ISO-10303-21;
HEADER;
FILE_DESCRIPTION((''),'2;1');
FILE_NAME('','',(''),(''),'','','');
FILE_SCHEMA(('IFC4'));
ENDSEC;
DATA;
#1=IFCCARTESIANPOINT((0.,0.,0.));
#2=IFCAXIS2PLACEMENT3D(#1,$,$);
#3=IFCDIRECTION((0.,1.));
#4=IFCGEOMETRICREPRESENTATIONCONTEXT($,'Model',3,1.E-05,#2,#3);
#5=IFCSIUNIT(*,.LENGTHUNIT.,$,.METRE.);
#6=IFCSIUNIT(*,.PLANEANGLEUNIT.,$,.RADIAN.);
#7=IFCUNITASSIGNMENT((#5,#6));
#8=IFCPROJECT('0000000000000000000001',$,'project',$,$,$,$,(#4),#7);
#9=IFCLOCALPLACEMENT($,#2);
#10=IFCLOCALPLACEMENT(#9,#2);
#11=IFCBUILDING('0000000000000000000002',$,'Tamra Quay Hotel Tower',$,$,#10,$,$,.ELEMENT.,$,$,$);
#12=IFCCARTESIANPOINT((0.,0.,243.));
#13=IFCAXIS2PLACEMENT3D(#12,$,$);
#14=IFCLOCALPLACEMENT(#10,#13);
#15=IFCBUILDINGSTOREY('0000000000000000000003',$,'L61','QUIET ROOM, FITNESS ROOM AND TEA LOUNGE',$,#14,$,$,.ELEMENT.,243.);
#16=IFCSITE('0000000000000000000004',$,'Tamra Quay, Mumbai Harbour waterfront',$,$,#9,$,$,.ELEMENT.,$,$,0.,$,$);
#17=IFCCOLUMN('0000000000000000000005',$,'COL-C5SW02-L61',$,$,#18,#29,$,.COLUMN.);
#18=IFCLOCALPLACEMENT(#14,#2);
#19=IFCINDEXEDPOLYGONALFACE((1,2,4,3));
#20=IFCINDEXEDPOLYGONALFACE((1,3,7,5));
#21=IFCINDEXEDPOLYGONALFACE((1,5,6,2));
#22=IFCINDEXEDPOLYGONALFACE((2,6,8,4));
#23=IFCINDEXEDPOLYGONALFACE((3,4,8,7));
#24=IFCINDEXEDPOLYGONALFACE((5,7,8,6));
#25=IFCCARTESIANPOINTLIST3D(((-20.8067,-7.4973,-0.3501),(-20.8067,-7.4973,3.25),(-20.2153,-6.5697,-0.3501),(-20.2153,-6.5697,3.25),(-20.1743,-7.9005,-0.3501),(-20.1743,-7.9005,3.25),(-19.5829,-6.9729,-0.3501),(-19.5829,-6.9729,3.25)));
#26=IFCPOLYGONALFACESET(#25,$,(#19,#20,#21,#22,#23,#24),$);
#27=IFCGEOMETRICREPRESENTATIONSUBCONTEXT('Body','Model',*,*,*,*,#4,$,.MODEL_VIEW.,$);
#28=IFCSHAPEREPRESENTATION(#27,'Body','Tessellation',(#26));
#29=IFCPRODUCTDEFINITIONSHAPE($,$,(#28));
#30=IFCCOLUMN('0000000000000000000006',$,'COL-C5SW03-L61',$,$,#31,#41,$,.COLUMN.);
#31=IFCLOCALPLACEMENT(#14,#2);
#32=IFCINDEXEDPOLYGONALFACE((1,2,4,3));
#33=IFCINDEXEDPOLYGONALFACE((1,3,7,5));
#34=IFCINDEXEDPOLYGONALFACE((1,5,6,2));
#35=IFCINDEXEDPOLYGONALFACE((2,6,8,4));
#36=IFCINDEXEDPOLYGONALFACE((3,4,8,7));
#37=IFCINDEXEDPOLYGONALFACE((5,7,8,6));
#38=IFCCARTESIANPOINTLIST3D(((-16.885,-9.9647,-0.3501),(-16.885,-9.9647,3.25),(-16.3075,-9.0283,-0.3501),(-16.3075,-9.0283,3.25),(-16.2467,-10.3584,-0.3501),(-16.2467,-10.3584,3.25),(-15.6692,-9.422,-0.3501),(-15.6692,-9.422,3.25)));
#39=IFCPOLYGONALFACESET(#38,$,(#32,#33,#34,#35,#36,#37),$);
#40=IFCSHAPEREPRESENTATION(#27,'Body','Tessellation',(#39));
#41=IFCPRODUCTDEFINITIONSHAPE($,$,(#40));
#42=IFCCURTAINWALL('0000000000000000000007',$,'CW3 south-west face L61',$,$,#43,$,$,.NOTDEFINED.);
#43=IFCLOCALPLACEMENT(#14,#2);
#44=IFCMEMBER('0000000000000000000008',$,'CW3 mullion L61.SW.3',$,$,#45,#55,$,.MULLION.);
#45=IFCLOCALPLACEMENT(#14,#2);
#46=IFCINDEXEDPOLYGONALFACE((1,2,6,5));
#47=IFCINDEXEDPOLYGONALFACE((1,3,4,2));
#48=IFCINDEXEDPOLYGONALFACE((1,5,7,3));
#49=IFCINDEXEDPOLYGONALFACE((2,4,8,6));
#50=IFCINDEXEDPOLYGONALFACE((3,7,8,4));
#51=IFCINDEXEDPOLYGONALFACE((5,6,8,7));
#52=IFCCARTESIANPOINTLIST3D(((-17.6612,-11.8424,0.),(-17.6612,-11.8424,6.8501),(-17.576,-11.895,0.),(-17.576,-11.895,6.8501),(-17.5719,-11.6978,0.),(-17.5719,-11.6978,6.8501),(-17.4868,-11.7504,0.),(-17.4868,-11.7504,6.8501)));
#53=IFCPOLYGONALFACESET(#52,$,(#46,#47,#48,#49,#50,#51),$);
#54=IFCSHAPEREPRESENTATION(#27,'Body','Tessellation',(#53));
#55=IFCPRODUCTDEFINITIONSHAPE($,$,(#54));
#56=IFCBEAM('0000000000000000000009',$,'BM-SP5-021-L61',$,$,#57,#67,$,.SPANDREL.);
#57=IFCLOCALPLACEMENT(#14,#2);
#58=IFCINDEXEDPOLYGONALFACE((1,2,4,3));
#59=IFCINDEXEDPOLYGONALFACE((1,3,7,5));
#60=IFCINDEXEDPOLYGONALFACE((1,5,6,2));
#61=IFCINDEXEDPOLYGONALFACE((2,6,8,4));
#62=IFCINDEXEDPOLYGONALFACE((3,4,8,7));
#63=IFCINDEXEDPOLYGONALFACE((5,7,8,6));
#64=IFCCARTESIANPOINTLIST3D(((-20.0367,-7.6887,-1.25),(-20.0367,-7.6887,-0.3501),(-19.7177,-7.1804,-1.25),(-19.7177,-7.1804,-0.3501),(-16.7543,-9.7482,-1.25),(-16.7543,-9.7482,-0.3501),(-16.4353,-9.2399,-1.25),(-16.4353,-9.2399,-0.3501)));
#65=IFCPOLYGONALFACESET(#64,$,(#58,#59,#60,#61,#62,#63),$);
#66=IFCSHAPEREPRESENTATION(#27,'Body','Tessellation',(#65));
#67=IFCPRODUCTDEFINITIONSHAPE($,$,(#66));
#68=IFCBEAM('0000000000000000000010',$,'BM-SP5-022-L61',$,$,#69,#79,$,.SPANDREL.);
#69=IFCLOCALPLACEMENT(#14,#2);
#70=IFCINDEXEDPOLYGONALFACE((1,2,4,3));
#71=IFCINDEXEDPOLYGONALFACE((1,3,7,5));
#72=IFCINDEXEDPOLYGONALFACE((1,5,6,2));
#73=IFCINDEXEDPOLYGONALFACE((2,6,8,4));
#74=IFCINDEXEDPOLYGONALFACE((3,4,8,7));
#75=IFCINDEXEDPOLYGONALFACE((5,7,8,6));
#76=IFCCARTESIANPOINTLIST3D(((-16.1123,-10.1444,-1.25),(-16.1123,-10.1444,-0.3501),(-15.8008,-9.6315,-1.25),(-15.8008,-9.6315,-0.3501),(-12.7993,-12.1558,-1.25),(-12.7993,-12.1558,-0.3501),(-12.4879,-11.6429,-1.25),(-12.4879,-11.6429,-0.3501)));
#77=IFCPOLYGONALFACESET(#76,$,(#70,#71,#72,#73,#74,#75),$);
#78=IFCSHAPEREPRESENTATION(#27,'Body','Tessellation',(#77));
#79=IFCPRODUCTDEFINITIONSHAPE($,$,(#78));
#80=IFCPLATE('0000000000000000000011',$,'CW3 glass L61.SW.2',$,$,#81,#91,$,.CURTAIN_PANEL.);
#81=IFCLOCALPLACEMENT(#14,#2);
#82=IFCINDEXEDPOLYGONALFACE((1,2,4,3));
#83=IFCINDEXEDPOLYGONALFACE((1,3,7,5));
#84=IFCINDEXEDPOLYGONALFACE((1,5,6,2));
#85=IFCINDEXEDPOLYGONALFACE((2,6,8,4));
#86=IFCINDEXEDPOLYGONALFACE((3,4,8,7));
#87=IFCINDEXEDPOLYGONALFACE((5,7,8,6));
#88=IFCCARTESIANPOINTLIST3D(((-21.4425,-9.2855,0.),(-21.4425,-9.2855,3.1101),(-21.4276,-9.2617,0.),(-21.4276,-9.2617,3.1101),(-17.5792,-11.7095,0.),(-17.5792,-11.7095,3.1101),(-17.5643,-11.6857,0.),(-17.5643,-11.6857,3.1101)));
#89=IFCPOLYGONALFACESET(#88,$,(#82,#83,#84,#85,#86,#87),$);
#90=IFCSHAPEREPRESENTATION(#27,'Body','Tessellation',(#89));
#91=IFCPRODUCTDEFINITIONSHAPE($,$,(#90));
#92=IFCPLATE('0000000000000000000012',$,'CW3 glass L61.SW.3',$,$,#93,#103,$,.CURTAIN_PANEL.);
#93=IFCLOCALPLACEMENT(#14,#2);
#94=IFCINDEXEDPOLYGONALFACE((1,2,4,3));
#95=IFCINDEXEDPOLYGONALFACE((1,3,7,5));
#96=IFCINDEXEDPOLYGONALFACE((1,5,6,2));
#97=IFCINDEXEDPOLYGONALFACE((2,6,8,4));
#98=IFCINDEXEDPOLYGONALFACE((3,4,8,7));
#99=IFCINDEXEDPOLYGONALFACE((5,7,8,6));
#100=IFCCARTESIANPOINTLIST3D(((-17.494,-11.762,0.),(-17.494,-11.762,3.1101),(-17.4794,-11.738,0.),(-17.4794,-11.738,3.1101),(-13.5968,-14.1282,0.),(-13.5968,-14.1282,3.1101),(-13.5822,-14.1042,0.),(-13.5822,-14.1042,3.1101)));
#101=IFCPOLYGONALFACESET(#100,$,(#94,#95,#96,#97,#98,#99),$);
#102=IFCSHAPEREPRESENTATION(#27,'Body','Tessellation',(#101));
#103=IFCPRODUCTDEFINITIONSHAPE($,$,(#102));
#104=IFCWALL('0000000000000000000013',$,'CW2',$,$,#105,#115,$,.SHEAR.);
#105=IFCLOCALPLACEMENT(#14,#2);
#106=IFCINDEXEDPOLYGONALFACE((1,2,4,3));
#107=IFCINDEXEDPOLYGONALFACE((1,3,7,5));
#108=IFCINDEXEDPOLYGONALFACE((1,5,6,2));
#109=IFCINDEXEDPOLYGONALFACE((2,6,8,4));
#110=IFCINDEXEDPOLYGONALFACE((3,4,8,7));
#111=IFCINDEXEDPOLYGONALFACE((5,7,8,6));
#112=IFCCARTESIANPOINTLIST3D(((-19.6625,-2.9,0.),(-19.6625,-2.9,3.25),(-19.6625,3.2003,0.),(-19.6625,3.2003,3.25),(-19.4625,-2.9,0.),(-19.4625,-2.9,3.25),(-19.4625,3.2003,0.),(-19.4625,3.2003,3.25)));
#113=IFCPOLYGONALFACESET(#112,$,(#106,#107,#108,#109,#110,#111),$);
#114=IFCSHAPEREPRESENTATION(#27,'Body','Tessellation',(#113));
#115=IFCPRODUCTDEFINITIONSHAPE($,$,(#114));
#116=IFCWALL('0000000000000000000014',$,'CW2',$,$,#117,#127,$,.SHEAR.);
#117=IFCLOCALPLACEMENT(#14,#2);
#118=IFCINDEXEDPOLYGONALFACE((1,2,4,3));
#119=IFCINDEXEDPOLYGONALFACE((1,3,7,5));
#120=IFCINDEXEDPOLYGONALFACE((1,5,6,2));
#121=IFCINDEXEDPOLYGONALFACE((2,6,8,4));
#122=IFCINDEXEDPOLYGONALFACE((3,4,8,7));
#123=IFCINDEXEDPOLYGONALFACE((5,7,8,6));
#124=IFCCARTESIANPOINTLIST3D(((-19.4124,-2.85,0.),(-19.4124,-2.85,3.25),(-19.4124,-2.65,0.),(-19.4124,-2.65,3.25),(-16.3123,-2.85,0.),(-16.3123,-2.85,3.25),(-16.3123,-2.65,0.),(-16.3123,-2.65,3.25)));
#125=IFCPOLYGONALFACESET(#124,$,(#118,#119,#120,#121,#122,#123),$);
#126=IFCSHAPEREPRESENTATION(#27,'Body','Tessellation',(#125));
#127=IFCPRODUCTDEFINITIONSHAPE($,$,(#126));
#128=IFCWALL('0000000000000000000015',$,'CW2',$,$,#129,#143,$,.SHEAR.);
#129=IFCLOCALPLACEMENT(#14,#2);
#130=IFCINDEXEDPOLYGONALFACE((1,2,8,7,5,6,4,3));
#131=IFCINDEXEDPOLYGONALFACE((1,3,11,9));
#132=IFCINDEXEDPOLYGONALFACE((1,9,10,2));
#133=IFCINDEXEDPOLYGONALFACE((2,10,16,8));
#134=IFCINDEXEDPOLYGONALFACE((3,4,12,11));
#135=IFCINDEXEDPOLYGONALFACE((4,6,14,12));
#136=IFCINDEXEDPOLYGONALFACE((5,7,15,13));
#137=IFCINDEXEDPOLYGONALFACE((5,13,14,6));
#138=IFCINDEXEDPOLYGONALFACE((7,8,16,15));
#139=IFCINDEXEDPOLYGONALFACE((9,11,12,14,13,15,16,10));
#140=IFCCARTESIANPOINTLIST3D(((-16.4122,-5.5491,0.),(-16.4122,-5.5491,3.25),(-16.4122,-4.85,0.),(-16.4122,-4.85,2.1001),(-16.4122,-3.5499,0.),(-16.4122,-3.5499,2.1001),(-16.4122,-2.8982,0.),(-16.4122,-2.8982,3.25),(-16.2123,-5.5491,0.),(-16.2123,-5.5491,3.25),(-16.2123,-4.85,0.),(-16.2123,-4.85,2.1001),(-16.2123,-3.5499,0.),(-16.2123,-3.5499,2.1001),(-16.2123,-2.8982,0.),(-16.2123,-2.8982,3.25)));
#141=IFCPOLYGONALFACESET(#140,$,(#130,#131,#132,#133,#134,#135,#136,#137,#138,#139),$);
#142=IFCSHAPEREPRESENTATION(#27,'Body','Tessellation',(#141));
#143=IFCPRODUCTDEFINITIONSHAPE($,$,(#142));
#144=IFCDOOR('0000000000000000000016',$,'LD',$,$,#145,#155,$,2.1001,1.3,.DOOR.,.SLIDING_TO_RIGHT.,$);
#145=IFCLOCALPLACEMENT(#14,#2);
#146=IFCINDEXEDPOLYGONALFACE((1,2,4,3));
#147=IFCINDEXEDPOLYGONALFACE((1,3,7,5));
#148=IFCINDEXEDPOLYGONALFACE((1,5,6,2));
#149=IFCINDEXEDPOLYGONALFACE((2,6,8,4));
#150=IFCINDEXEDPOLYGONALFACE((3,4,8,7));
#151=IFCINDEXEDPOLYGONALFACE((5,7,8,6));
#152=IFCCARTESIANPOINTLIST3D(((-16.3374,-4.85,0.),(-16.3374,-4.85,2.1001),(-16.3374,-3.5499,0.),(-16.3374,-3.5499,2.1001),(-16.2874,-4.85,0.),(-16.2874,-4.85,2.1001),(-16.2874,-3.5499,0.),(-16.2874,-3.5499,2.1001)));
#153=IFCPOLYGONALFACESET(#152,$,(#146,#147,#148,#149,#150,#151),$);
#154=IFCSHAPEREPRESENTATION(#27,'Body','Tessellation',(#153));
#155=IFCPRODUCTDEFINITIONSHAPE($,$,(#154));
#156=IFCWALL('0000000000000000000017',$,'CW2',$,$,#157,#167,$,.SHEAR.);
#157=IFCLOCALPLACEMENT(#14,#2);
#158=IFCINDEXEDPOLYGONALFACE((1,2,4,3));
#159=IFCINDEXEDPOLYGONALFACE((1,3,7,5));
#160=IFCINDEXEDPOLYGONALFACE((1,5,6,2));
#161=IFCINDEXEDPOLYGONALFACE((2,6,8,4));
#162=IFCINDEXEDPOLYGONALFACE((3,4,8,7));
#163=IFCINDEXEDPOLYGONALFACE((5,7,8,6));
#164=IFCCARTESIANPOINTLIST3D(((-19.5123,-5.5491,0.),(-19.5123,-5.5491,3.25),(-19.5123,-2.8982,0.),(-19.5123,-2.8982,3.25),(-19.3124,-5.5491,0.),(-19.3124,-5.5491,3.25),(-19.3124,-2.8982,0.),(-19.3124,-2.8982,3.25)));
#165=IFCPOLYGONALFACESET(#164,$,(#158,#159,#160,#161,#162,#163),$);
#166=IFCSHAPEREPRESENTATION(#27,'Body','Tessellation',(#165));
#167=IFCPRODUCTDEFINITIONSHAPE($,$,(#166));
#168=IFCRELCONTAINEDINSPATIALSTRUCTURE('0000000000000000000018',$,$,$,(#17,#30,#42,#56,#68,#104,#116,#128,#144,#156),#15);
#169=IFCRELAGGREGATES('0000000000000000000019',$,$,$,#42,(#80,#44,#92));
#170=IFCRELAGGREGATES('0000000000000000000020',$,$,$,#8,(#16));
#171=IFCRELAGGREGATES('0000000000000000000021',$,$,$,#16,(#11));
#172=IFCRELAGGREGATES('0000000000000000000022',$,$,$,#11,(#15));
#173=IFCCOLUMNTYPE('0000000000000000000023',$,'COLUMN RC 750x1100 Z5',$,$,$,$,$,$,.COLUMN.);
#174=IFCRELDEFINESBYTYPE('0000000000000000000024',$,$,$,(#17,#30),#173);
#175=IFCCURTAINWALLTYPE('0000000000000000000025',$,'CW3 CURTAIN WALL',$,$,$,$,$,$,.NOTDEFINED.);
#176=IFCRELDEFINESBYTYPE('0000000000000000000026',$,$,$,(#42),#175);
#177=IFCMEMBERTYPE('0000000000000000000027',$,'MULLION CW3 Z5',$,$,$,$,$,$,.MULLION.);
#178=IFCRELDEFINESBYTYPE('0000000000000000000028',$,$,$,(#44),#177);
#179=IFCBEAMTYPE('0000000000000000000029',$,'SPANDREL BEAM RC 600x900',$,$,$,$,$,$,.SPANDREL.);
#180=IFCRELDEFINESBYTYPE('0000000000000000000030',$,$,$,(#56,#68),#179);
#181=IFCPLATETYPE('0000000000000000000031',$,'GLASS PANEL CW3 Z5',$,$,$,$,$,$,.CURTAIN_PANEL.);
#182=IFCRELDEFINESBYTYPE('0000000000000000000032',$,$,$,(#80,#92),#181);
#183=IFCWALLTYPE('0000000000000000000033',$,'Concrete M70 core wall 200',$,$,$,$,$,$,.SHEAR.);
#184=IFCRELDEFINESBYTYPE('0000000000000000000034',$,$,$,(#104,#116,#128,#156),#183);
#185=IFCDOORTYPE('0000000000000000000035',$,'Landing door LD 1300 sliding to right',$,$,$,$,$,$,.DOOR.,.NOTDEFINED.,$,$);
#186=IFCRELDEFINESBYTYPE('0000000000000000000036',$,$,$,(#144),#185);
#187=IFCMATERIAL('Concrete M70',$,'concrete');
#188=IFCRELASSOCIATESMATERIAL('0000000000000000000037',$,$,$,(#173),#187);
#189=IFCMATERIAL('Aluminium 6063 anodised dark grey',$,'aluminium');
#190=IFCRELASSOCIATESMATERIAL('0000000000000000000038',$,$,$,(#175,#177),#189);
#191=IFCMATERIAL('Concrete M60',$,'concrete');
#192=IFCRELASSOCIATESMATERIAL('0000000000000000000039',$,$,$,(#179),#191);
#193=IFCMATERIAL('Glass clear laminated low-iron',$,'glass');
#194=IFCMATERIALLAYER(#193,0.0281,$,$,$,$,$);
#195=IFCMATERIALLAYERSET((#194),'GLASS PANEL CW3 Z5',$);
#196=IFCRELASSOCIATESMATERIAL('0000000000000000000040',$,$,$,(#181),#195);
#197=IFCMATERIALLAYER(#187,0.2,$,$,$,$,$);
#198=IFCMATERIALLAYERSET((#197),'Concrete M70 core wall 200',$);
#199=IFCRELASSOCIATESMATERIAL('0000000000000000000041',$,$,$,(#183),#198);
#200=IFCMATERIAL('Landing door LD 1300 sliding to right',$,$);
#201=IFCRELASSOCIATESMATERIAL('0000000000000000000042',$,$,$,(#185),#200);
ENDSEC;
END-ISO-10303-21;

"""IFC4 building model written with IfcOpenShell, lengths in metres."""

from ifc_helpers import new_model, si_unit, direction, frame, frame_2d, origin, origin_2d, place, context, subcontext, project, spatial, rectangle, extrude, material, layer, layer_set, material_profile, profile_set, type_object, element, fill, aggregate, save


model = new_model("IFC4")

# Units and contexts
model_context = context("Model", 3, precision=1e-05, world=origin(), true_north=direction((0.0, 1.0)))
body_context = subcontext(model_context, "Body", "Model", "MODEL_VIEW")
ifc_project = project(units=[si_unit("LENGTHUNIT", "METRE"), si_unit("PLANEANGLEUNIT", "RADIAN")], contexts=[model_context])

# Site, building, storey
site_placement = place(None, origin())
site = spatial("IfcSite", under=ifc_project, at=site_placement, Name="Tamra Quay, Mumbai Harbour waterfront", CompositionType="ELEMENT", RefElevation=0.0)
building_placement = place(site_placement, origin())
building = spatial("IfcBuilding", under=site, at=building_placement, Name="Tamra Quay Hotel Tower", CompositionType="ELEMENT")
storey_placement = place(building_placement, frame((0.0, 0.0, 243.0)))
storey = spatial("IfcBuildingStorey", under=building, at=storey_placement, Name="L61", Description="QUIET ROOM, FITNESS ROOM AND TEA LOUNGE", CompositionType="ELEMENT", Elevation=243.0)

# Columns
ifc_material_1 = material(Name="Concrete M70", Category="concrete")
ifc_material_profile_1 = material_profile(ifc_material_1, rectangle(XDim=1.1001, YDim=0.75, at=origin_2d()), Name="COLUMN RC 750x1100 Z5")
ifc_profile_set_1 = profile_set([ifc_material_profile_1], Name="Concrete M70")
column_type = type_object("IfcColumnType", Name="COLUMN RC 750x1100 Z5", PredefinedType="COLUMN", material=ifc_profile_set_1)
for number, where, z_axis, x_axis, name in (
    (1, (-20.1948, -7.2351, -0.3501), (0.0, 0.0, 1.0), (0.537585, 0.843209, 0.0), "COL-C5SW02-L61"),
    (2, (-16.2771, -9.6934, -0.3501), (0.0, 0.0, 1.0), (0.524928, 0.851147, 0.0), "COL-C5SW03-L61"),
):
    element("IfcColumn", number, at=place(storey_placement, frame(where, z_axis=z_axis, x_axis=x_axis)), inside=storey, type_object=column_type, Name=name, PredefinedType="COLUMN", context=body_context, shape_type="SweptSolid", body=[
        extrude(rectangle(XDim=1.1001, YDim=0.75, at=origin_2d()), origin(), (0.0, 0.0, 1.0), 3.6001),
    ])

# Curtain wall, member
ifc_material_2 = material(Name="Aluminium 6063 anodised dark grey", Category="aluminium")
curtain_wall_type = type_object("IfcCurtainWallType", Name="CW3 CURTAIN WALL", PredefinedType="NOTDEFINED", material=ifc_material_2)
curtain_wall_placement = place(storey_placement, origin())
curtain_wall = element("IfcCurtainWall", 3, at=curtain_wall_placement, inside=storey, type_object=curtain_wall_type, Name="CW3 south-west face L61", PredefinedType="NOTDEFINED")
ifc_material_profile_2 = material_profile(ifc_material_2, rectangle(XDim=0.1699, YDim=0.1001, at=origin_2d()), Name="MULLION 100X170")
ifc_profile_set_2 = profile_set([ifc_material_profile_2], Name="Aluminium 6063 anodised dark grey")
member_type = type_object("IfcMemberType", Name="MULLION CW3 Z5", PredefinedType="MULLION", material=ifc_profile_set_2)
member_placement = place(storey_placement, frame((-17.574, -11.7964, 0.0), z_axis=(0.0, 0.0, 1.0), x_axis=(-0.525249, -0.850949, 0.0)))
member = element("IfcMember", 4, at=member_placement, type_object=member_type, Name="CW3 mullion L61.SW.3", PredefinedType="MULLION", context=body_context, shape_type="SweptSolid", body=[
    extrude(rectangle(XDim=0.1699, YDim=0.1001, at=origin_2d()), origin(), (0.0, 0.0, 1.0), 6.8501),
])

# Beams
ifc_material_3 = material(Name="Concrete M60", Category="concrete")
ifc_material_profile_3 = material_profile(ifc_material_3, rectangle(XDim=0.6001, YDim=0.8999, at=origin_2d()), Name="SPANDREL BEAM RC 600x900")
ifc_profile_set_3 = profile_set([ifc_material_profile_3], Name="Concrete M60")
beam_type = type_object("IfcBeamType", Name="SPANDREL BEAM RC 600x900", PredefinedType="SPANDREL", material=ifc_profile_set_3)
beam_1_placement = place(storey_placement, frame((-19.8772, -7.4346, -0.8), z_axis=(0.847066, -0.531488, 0.0), x_axis=(0.531488, 0.847066, 0.0)))
element("IfcBeam", 5, at=beam_1_placement, inside=storey, type_object=beam_type, Name="BM-SP5-021-L61", PredefinedType="SPANDREL", context=body_context, shape_type="SweptSolid", body=[
    extrude(rectangle(XDim=0.6001, YDim=0.8999, at=origin_2d()), origin(), (0.0, 0.0, 1.0), 3.875),
])
beam_2_placement = place(storey_placement, frame((-15.9565, -9.8879, -0.8), z_axis=(0.854786, -0.518981, 0.0), x_axis=(0.518981, 0.854786, 0.0)))
element("IfcBeam", 6, at=beam_2_placement, inside=storey, type_object=beam_type, Name="BM-SP5-022-L61", PredefinedType="SPANDREL", context=body_context, shape_type="SweptSolid", body=[
    extrude(rectangle(XDim=0.6001, YDim=0.8999, at=origin_2d()), origin(), (0.0, 0.0, 1.0), 3.8757),
])

# Plates
ifc_material_4 = material(Name="Glass clear laminated low-iron", Category="glass")
ifc_layer_1 = layer(ifc_material_4, 0.0281)
ifc_layer_set_1 = layer_set([ifc_layer_1], Name="GLASS PANEL CW3 Z5")
plate_type = type_object("IfcPlateType", Name="GLASS PANEL CW3 Z5", PredefinedType="CURTAIN_PANEL", material=ifc_layer_set_1)
plate_1_placement = place(storey_placement, frame((-19.5034, -10.4856, 0.0), z_axis=(0.0, 0.0, 1.0), x_axis=(0.847069, -0.531484, 0.0)))
plate_1 = element("IfcPlate", 7, at=plate_1_placement, type_object=plate_type, Name="CW3 glass L61.SW.2", PredefinedType="CURTAIN_PANEL", context=body_context, shape_type="SweptSolid", body=[
    extrude(rectangle(XDim=4.5608, YDim=0.0281, at=origin_2d()), origin(), (0.0, 0.0, 1.0), 3.1101),
])
plate_2_placement = place(storey_placement, frame((-15.5381, -12.9331, 0.0), z_axis=(0.0, 0.0, 1.0), x_axis=(0.854783, -0.518985, 0.0)))
plate_2 = element("IfcPlate", 8, at=plate_2_placement, type_object=plate_type, Name="CW3 glass L61.SW.3", PredefinedType="CURTAIN_PANEL", context=body_context, shape_type="SweptSolid", body=[
    extrude(rectangle(XDim=4.5593, YDim=0.0281, at=origin_2d()), origin(), (0.0, 0.0, 1.0), 3.1101),
])
aggregate(curtain_wall, [plate_1, member, plate_2])

# Walls
ifc_layer_2 = layer(ifc_material_1, 0.2)
ifc_layer_set_2 = layer_set([ifc_layer_2], Name="Concrete M70 core wall 200")
wall_type_1 = type_object("IfcWallType", Name="Concrete M70 core wall 200", PredefinedType="SHEAR", material=ifc_layer_set_2)
wall_1_placement = place(storey_placement, frame((-19.5625, -2.9001, 0.0), z_axis=(0.0, 0.0, 1.0), x_axis=(0.0, 1.0, 0.0)))
element("IfcWall", 9, at=wall_1_placement, inside=storey, type_object=wall_type_1, Name="CW2", PredefinedType="SHEAR", context=body_context, shape_type="SweptSolid", body=[
    extrude(rectangle(XDim=6.1003, YDim=0.2, at=frame_2d((3.0503, 0.0))), origin(), (0.0, 0.0, 1.0), 3.25),
])
wall_2_placement = place(storey_placement, frame((-19.4124, -2.75, 0.0), z_axis=(0.0, 0.0, 1.0), x_axis=(1.0, 0.0, 0.0)))
element("IfcWall", 10, at=wall_2_placement, inside=storey, type_object=wall_type_1, Name="CW2", PredefinedType="SHEAR", context=body_context, shape_type="SweptSolid", body=[
    extrude(rectangle(XDim=3.1001, YDim=0.2, at=frame_2d((1.55, 0.0))), origin(), (0.0, 0.0, 1.0), 3.25),
])

# Wall, opening, door
wall_3_placement = place(storey_placement, frame((-16.3123, -2.8982, 0.0), z_axis=(0.0, 0.0, 1.0), x_axis=(0.0, -1.0, 0.0)))
wall_3 = element("IfcWall", 11, at=wall_3_placement, inside=storey, type_object=wall_type_1, Name="CW2", PredefinedType="SHEAR", context=body_context, shape_type="SweptSolid", body=[
    extrude(rectangle(XDim=2.6509, YDim=0.2, at=frame_2d((1.3254, 0.0))), origin(), (0.0, 0.0, 1.0), 3.25),
])
opening_1_placement = place(wall_3_placement, frame((0.6519, 0.0, 0.0)))
opening_1 = element("IfcOpeningElement", 12, at=opening_1_placement, cuts=wall_3, PredefinedType="OPENING", context=body_context, shape_type="SweptSolid", body=[
    extrude(rectangle(XDim=1.3, YDim=2.1001, at=frame_2d((0.6499, 1.05))), frame((0.0, 0.1099, 0.0), z_axis=(0.0, -1.0, 0.0), x_axis=(1.0, 0.0, 0.0)), (0.0, 0.0, 1.0), 0.22),
])
ifc_material_5 = material(Name="Landing door LD 1300 sliding to right")
door_type_1 = type_object("IfcDoorType", Name="Landing door LD 1300 sliding to right", OperationType="NOTDEFINED", PredefinedType="DOOR", material=ifc_material_5)
door_1_placement = place(opening_1_placement, origin())
door_1 = element("IfcDoor", 13, at=door_1_placement, inside=storey, type_object=door_type_1, Name="LD", OperationType="SLIDING_TO_RIGHT", OverallHeight=2.1001, OverallWidth=1.3, PredefinedType="DOOR", context=body_context, shape_type="SweptSolid", body=[
    extrude(rectangle(XDim=1.3, YDim=2.1001, at=frame_2d((0.6499, 1.05))), frame((0.0, 0.0249, 0.0), z_axis=(0.0, -1.0, 0.0), x_axis=(1.0, 0.0, 0.0)), (0.0, 0.0, 1.0), 0.05),
])
fill(opening_1, door_1)

# Wall
wall_4_placement = place(storey_placement, frame((-19.4124, -5.5491, 0.0), z_axis=(0.0, 0.0, 1.0), x_axis=(0.0, 1.0, 0.0)))
element("IfcWall", 14, at=wall_4_placement, inside=storey, type_object=wall_type_1, Name="CW2", PredefinedType="SHEAR", context=body_context, shape_type="SweptSolid", body=[
    extrude(rectangle(XDim=2.6509, YDim=0.2, at=frame_2d((1.3254, 0.0))), origin(), (0.0, 0.0, 1.0), 3.25),
])

save(model, "model.ifc")
